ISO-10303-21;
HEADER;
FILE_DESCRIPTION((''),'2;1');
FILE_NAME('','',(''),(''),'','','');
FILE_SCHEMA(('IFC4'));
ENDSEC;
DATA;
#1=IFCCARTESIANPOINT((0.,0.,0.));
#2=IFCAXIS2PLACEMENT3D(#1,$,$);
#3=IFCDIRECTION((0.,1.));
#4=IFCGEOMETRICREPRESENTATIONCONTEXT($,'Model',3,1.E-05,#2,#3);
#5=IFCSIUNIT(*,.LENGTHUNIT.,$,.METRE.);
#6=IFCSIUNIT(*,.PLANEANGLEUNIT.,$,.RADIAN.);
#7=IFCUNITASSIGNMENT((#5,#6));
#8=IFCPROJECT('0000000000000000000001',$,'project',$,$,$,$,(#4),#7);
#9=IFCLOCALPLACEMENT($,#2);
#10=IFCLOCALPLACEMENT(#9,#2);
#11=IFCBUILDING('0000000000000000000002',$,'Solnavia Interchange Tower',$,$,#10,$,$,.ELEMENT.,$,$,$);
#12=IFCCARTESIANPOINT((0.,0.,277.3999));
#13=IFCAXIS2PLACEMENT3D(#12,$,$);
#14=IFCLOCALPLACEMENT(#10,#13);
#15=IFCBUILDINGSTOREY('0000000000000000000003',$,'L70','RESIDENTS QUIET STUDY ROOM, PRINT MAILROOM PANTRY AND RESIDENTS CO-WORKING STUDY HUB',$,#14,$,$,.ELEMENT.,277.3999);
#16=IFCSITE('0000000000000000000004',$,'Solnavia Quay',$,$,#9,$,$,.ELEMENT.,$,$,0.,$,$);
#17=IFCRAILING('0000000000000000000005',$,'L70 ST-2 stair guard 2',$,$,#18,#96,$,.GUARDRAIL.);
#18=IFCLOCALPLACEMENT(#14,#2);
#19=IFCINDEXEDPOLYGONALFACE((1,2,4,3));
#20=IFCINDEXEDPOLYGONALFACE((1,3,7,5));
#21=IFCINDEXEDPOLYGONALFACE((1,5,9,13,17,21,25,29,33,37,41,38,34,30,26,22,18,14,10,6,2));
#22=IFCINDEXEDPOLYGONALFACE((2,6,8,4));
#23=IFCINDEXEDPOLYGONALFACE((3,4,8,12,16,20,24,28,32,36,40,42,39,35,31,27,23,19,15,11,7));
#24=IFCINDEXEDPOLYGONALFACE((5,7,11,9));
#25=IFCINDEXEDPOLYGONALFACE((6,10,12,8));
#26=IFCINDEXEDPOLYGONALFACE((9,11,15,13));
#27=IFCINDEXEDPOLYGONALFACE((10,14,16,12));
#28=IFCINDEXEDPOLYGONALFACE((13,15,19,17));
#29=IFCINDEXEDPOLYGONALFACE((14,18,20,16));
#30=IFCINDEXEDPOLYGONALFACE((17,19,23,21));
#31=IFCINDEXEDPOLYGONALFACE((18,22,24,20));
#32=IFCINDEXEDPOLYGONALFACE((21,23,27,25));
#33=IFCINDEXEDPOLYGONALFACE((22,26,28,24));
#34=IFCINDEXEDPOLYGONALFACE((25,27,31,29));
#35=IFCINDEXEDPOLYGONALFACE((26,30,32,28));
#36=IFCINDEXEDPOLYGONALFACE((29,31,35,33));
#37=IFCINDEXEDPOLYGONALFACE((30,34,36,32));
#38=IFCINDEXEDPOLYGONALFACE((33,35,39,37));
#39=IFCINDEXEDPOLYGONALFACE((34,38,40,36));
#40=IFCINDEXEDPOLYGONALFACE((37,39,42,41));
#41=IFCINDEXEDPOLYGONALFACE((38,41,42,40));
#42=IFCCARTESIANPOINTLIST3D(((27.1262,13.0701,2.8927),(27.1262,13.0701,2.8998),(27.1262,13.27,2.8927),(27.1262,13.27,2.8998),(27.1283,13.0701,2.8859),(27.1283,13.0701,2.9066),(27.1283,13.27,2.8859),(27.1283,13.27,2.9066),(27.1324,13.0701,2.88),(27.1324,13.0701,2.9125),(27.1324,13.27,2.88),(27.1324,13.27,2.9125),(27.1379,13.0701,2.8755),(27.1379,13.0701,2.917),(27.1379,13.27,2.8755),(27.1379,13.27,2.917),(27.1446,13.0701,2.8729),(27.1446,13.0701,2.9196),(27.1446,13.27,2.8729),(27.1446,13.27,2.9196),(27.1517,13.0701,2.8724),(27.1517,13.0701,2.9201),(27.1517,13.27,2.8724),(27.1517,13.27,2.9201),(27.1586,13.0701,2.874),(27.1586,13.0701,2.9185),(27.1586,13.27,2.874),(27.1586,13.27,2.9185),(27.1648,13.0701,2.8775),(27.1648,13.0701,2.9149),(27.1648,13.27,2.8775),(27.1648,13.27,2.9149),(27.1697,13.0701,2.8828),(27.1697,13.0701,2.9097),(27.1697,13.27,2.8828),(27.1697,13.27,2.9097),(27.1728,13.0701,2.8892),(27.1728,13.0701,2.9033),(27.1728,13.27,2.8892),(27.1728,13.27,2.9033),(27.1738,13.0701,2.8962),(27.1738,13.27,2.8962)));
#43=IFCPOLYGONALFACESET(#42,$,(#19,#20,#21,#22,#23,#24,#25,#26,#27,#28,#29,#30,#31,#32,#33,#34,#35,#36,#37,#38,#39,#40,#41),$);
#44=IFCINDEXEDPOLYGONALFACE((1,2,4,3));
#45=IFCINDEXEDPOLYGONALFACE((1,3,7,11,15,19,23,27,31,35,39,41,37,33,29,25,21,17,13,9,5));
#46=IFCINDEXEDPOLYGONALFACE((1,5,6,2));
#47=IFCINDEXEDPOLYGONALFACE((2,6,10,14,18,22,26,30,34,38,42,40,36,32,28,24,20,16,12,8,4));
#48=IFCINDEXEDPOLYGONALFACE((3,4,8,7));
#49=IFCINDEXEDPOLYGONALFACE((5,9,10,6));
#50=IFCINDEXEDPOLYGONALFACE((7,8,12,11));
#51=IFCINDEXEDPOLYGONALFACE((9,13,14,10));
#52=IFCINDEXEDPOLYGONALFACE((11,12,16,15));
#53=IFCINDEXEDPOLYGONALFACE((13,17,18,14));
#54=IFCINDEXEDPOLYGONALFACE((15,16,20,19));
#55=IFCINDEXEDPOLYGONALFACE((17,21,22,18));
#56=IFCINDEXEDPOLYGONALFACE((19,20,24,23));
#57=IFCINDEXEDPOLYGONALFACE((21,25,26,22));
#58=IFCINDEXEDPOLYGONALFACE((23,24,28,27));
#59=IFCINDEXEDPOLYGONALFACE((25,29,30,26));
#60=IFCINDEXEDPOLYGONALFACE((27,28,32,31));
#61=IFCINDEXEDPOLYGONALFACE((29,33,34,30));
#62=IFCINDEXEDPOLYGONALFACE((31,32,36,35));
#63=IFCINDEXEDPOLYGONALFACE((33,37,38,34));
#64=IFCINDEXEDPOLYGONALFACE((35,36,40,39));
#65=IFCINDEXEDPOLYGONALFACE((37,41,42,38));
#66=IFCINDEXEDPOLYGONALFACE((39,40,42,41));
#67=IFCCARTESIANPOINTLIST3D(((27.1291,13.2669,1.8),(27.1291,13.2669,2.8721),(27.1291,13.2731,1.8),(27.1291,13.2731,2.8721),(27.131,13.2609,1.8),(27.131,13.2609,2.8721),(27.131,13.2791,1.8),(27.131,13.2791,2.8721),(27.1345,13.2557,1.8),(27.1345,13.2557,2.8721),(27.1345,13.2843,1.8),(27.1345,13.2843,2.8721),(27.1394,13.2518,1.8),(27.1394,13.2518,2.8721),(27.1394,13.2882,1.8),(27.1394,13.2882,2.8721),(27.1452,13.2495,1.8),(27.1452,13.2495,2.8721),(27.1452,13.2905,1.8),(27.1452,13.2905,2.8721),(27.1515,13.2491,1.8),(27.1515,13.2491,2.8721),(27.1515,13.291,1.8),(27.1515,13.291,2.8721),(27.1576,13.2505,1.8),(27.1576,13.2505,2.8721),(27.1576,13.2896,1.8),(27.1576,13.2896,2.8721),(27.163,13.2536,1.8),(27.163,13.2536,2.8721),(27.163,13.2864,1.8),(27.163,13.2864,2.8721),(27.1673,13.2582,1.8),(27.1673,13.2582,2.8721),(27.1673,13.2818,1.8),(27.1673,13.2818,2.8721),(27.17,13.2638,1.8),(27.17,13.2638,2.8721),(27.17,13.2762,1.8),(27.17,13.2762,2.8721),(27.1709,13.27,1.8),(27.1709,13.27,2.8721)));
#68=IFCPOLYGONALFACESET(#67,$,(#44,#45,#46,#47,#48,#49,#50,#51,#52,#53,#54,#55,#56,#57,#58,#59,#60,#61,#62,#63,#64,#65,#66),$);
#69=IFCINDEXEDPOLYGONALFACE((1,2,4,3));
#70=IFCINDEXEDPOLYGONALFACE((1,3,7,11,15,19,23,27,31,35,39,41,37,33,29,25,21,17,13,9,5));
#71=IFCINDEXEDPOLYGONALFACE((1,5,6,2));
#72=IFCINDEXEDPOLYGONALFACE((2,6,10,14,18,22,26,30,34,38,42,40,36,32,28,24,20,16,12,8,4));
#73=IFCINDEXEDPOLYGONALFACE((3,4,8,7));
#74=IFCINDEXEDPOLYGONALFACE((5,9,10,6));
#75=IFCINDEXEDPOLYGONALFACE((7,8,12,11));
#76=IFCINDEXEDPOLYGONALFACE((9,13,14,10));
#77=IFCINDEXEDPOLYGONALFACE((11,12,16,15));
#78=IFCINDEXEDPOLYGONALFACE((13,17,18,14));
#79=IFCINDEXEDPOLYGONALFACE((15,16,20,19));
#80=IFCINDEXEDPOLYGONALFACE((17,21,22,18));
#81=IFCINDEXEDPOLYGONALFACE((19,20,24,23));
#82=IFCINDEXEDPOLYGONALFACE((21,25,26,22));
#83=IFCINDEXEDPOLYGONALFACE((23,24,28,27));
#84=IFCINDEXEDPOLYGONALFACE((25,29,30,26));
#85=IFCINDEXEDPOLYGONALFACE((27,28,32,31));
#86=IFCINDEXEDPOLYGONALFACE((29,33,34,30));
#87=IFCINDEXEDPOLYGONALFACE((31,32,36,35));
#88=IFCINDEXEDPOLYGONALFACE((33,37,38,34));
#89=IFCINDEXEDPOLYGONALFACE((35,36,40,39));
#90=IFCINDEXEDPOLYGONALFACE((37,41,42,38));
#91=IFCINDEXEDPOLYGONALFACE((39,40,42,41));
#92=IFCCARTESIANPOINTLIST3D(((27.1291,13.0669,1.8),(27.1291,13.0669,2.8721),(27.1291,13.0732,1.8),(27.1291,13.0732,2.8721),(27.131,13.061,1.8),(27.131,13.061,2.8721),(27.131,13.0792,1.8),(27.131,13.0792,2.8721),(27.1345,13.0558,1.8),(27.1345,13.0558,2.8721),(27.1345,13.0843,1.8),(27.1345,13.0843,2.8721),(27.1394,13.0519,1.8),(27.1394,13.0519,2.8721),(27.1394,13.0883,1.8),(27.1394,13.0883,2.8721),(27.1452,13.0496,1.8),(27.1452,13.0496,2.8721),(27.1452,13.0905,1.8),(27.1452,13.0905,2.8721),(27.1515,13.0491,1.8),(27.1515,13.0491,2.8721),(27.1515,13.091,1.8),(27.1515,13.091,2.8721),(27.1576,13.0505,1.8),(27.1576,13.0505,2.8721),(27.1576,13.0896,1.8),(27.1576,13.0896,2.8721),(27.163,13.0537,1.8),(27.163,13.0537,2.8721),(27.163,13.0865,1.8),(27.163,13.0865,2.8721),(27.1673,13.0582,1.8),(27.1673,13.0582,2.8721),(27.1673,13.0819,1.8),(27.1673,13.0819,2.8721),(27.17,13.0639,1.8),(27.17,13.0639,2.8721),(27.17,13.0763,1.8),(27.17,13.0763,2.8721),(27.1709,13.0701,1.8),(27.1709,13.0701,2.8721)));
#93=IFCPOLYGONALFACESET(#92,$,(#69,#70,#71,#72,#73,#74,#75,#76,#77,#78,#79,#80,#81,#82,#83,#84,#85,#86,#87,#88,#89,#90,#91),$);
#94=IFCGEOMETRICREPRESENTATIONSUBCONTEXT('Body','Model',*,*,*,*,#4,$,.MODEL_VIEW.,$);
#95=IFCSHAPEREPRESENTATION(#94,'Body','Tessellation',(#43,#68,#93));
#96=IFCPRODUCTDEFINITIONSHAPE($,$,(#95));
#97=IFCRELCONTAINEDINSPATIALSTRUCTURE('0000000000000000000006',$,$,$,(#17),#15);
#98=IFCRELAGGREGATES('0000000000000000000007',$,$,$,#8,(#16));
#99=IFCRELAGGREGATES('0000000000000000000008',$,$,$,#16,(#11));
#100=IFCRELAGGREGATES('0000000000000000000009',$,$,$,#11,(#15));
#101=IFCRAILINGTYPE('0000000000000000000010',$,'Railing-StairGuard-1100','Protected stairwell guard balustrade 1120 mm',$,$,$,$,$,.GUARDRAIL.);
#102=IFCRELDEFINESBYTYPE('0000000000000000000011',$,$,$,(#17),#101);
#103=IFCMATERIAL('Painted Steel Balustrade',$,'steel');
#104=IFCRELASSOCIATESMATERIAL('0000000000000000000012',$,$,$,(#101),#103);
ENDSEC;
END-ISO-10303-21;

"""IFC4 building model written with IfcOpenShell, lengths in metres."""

from ifc_helpers import new_model, si_unit, direction, frame, origin, origin_2d, place, context, subcontext, project, spatial, circle, extrude, material, type_object, element, save


model = new_model("IFC4")

# Units and contexts
model_context = context("Model", 3, precision=1e-05, world=origin(), true_north=direction((0.0, 1.0)))
body_context = subcontext(model_context, "Body", "Model", "MODEL_VIEW")
ifc_project = project(units=[si_unit("LENGTHUNIT", "METRE"), si_unit("PLANEANGLEUNIT", "RADIAN")], contexts=[model_context])

# Site, building, storey
site_placement = place(None, origin())
site = spatial("IfcSite", under=ifc_project, at=site_placement, Name="Solnavia Quay", CompositionType="ELEMENT", RefElevation=0.0)
building_placement = place(site_placement, origin())
building = spatial("IfcBuilding", under=site, at=building_placement, Name="Solnavia Interchange Tower", CompositionType="ELEMENT")
storey_placement = place(building_placement, frame((0.0, 0.0, 277.3999)))
storey = spatial("IfcBuildingStorey", under=building, at=storey_placement, Name="L70", Description="RESIDENTS QUIET STUDY ROOM, PRINT MAILROOM PANTRY AND RESIDENTS CO-WORKING STUDY HUB", CompositionType="ELEMENT", Elevation=277.3999)

# Railing
ifc_material_1 = material(Name="Painted Steel Balustrade", Category="steel")
railing_type_1 = type_object("IfcRailingType", Name="Railing-StairGuard-1100", Description="Protected stairwell guard balustrade 1120 mm", PredefinedType="GUARDRAIL", material=ifc_material_1)
railing_1_placement = place(storey_placement, frame((27.1499, 13.27, 1.8)))
element("IfcRailing", 1, at=railing_1_placement, inside=storey, type_object=railing_type_1, Name="L70 ST-2 stair guard 2", PredefinedType="GUARDRAIL", context=body_context, shape_type="SweptSolid", body=[
    extrude(circle(Radius=0.0239, at=origin_2d()), frame((0.0, 0.0, 1.0962), z_axis=(0.0, -1.0, 0.0), x_axis=(1.0, 0.0, 0.0)), (0.0, 0.0, 1.0), 0.2),
    extrude(circle(Radius=0.021, at=origin_2d()), origin(), (0.0, 0.0, 1.0), 1.072),
    extrude(circle(Radius=0.021, at=origin_2d()), frame((0.0, -0.2, 0.0)), (0.0, 0.0, 1.0), 1.072),
])

save(model, "model.ifc")
